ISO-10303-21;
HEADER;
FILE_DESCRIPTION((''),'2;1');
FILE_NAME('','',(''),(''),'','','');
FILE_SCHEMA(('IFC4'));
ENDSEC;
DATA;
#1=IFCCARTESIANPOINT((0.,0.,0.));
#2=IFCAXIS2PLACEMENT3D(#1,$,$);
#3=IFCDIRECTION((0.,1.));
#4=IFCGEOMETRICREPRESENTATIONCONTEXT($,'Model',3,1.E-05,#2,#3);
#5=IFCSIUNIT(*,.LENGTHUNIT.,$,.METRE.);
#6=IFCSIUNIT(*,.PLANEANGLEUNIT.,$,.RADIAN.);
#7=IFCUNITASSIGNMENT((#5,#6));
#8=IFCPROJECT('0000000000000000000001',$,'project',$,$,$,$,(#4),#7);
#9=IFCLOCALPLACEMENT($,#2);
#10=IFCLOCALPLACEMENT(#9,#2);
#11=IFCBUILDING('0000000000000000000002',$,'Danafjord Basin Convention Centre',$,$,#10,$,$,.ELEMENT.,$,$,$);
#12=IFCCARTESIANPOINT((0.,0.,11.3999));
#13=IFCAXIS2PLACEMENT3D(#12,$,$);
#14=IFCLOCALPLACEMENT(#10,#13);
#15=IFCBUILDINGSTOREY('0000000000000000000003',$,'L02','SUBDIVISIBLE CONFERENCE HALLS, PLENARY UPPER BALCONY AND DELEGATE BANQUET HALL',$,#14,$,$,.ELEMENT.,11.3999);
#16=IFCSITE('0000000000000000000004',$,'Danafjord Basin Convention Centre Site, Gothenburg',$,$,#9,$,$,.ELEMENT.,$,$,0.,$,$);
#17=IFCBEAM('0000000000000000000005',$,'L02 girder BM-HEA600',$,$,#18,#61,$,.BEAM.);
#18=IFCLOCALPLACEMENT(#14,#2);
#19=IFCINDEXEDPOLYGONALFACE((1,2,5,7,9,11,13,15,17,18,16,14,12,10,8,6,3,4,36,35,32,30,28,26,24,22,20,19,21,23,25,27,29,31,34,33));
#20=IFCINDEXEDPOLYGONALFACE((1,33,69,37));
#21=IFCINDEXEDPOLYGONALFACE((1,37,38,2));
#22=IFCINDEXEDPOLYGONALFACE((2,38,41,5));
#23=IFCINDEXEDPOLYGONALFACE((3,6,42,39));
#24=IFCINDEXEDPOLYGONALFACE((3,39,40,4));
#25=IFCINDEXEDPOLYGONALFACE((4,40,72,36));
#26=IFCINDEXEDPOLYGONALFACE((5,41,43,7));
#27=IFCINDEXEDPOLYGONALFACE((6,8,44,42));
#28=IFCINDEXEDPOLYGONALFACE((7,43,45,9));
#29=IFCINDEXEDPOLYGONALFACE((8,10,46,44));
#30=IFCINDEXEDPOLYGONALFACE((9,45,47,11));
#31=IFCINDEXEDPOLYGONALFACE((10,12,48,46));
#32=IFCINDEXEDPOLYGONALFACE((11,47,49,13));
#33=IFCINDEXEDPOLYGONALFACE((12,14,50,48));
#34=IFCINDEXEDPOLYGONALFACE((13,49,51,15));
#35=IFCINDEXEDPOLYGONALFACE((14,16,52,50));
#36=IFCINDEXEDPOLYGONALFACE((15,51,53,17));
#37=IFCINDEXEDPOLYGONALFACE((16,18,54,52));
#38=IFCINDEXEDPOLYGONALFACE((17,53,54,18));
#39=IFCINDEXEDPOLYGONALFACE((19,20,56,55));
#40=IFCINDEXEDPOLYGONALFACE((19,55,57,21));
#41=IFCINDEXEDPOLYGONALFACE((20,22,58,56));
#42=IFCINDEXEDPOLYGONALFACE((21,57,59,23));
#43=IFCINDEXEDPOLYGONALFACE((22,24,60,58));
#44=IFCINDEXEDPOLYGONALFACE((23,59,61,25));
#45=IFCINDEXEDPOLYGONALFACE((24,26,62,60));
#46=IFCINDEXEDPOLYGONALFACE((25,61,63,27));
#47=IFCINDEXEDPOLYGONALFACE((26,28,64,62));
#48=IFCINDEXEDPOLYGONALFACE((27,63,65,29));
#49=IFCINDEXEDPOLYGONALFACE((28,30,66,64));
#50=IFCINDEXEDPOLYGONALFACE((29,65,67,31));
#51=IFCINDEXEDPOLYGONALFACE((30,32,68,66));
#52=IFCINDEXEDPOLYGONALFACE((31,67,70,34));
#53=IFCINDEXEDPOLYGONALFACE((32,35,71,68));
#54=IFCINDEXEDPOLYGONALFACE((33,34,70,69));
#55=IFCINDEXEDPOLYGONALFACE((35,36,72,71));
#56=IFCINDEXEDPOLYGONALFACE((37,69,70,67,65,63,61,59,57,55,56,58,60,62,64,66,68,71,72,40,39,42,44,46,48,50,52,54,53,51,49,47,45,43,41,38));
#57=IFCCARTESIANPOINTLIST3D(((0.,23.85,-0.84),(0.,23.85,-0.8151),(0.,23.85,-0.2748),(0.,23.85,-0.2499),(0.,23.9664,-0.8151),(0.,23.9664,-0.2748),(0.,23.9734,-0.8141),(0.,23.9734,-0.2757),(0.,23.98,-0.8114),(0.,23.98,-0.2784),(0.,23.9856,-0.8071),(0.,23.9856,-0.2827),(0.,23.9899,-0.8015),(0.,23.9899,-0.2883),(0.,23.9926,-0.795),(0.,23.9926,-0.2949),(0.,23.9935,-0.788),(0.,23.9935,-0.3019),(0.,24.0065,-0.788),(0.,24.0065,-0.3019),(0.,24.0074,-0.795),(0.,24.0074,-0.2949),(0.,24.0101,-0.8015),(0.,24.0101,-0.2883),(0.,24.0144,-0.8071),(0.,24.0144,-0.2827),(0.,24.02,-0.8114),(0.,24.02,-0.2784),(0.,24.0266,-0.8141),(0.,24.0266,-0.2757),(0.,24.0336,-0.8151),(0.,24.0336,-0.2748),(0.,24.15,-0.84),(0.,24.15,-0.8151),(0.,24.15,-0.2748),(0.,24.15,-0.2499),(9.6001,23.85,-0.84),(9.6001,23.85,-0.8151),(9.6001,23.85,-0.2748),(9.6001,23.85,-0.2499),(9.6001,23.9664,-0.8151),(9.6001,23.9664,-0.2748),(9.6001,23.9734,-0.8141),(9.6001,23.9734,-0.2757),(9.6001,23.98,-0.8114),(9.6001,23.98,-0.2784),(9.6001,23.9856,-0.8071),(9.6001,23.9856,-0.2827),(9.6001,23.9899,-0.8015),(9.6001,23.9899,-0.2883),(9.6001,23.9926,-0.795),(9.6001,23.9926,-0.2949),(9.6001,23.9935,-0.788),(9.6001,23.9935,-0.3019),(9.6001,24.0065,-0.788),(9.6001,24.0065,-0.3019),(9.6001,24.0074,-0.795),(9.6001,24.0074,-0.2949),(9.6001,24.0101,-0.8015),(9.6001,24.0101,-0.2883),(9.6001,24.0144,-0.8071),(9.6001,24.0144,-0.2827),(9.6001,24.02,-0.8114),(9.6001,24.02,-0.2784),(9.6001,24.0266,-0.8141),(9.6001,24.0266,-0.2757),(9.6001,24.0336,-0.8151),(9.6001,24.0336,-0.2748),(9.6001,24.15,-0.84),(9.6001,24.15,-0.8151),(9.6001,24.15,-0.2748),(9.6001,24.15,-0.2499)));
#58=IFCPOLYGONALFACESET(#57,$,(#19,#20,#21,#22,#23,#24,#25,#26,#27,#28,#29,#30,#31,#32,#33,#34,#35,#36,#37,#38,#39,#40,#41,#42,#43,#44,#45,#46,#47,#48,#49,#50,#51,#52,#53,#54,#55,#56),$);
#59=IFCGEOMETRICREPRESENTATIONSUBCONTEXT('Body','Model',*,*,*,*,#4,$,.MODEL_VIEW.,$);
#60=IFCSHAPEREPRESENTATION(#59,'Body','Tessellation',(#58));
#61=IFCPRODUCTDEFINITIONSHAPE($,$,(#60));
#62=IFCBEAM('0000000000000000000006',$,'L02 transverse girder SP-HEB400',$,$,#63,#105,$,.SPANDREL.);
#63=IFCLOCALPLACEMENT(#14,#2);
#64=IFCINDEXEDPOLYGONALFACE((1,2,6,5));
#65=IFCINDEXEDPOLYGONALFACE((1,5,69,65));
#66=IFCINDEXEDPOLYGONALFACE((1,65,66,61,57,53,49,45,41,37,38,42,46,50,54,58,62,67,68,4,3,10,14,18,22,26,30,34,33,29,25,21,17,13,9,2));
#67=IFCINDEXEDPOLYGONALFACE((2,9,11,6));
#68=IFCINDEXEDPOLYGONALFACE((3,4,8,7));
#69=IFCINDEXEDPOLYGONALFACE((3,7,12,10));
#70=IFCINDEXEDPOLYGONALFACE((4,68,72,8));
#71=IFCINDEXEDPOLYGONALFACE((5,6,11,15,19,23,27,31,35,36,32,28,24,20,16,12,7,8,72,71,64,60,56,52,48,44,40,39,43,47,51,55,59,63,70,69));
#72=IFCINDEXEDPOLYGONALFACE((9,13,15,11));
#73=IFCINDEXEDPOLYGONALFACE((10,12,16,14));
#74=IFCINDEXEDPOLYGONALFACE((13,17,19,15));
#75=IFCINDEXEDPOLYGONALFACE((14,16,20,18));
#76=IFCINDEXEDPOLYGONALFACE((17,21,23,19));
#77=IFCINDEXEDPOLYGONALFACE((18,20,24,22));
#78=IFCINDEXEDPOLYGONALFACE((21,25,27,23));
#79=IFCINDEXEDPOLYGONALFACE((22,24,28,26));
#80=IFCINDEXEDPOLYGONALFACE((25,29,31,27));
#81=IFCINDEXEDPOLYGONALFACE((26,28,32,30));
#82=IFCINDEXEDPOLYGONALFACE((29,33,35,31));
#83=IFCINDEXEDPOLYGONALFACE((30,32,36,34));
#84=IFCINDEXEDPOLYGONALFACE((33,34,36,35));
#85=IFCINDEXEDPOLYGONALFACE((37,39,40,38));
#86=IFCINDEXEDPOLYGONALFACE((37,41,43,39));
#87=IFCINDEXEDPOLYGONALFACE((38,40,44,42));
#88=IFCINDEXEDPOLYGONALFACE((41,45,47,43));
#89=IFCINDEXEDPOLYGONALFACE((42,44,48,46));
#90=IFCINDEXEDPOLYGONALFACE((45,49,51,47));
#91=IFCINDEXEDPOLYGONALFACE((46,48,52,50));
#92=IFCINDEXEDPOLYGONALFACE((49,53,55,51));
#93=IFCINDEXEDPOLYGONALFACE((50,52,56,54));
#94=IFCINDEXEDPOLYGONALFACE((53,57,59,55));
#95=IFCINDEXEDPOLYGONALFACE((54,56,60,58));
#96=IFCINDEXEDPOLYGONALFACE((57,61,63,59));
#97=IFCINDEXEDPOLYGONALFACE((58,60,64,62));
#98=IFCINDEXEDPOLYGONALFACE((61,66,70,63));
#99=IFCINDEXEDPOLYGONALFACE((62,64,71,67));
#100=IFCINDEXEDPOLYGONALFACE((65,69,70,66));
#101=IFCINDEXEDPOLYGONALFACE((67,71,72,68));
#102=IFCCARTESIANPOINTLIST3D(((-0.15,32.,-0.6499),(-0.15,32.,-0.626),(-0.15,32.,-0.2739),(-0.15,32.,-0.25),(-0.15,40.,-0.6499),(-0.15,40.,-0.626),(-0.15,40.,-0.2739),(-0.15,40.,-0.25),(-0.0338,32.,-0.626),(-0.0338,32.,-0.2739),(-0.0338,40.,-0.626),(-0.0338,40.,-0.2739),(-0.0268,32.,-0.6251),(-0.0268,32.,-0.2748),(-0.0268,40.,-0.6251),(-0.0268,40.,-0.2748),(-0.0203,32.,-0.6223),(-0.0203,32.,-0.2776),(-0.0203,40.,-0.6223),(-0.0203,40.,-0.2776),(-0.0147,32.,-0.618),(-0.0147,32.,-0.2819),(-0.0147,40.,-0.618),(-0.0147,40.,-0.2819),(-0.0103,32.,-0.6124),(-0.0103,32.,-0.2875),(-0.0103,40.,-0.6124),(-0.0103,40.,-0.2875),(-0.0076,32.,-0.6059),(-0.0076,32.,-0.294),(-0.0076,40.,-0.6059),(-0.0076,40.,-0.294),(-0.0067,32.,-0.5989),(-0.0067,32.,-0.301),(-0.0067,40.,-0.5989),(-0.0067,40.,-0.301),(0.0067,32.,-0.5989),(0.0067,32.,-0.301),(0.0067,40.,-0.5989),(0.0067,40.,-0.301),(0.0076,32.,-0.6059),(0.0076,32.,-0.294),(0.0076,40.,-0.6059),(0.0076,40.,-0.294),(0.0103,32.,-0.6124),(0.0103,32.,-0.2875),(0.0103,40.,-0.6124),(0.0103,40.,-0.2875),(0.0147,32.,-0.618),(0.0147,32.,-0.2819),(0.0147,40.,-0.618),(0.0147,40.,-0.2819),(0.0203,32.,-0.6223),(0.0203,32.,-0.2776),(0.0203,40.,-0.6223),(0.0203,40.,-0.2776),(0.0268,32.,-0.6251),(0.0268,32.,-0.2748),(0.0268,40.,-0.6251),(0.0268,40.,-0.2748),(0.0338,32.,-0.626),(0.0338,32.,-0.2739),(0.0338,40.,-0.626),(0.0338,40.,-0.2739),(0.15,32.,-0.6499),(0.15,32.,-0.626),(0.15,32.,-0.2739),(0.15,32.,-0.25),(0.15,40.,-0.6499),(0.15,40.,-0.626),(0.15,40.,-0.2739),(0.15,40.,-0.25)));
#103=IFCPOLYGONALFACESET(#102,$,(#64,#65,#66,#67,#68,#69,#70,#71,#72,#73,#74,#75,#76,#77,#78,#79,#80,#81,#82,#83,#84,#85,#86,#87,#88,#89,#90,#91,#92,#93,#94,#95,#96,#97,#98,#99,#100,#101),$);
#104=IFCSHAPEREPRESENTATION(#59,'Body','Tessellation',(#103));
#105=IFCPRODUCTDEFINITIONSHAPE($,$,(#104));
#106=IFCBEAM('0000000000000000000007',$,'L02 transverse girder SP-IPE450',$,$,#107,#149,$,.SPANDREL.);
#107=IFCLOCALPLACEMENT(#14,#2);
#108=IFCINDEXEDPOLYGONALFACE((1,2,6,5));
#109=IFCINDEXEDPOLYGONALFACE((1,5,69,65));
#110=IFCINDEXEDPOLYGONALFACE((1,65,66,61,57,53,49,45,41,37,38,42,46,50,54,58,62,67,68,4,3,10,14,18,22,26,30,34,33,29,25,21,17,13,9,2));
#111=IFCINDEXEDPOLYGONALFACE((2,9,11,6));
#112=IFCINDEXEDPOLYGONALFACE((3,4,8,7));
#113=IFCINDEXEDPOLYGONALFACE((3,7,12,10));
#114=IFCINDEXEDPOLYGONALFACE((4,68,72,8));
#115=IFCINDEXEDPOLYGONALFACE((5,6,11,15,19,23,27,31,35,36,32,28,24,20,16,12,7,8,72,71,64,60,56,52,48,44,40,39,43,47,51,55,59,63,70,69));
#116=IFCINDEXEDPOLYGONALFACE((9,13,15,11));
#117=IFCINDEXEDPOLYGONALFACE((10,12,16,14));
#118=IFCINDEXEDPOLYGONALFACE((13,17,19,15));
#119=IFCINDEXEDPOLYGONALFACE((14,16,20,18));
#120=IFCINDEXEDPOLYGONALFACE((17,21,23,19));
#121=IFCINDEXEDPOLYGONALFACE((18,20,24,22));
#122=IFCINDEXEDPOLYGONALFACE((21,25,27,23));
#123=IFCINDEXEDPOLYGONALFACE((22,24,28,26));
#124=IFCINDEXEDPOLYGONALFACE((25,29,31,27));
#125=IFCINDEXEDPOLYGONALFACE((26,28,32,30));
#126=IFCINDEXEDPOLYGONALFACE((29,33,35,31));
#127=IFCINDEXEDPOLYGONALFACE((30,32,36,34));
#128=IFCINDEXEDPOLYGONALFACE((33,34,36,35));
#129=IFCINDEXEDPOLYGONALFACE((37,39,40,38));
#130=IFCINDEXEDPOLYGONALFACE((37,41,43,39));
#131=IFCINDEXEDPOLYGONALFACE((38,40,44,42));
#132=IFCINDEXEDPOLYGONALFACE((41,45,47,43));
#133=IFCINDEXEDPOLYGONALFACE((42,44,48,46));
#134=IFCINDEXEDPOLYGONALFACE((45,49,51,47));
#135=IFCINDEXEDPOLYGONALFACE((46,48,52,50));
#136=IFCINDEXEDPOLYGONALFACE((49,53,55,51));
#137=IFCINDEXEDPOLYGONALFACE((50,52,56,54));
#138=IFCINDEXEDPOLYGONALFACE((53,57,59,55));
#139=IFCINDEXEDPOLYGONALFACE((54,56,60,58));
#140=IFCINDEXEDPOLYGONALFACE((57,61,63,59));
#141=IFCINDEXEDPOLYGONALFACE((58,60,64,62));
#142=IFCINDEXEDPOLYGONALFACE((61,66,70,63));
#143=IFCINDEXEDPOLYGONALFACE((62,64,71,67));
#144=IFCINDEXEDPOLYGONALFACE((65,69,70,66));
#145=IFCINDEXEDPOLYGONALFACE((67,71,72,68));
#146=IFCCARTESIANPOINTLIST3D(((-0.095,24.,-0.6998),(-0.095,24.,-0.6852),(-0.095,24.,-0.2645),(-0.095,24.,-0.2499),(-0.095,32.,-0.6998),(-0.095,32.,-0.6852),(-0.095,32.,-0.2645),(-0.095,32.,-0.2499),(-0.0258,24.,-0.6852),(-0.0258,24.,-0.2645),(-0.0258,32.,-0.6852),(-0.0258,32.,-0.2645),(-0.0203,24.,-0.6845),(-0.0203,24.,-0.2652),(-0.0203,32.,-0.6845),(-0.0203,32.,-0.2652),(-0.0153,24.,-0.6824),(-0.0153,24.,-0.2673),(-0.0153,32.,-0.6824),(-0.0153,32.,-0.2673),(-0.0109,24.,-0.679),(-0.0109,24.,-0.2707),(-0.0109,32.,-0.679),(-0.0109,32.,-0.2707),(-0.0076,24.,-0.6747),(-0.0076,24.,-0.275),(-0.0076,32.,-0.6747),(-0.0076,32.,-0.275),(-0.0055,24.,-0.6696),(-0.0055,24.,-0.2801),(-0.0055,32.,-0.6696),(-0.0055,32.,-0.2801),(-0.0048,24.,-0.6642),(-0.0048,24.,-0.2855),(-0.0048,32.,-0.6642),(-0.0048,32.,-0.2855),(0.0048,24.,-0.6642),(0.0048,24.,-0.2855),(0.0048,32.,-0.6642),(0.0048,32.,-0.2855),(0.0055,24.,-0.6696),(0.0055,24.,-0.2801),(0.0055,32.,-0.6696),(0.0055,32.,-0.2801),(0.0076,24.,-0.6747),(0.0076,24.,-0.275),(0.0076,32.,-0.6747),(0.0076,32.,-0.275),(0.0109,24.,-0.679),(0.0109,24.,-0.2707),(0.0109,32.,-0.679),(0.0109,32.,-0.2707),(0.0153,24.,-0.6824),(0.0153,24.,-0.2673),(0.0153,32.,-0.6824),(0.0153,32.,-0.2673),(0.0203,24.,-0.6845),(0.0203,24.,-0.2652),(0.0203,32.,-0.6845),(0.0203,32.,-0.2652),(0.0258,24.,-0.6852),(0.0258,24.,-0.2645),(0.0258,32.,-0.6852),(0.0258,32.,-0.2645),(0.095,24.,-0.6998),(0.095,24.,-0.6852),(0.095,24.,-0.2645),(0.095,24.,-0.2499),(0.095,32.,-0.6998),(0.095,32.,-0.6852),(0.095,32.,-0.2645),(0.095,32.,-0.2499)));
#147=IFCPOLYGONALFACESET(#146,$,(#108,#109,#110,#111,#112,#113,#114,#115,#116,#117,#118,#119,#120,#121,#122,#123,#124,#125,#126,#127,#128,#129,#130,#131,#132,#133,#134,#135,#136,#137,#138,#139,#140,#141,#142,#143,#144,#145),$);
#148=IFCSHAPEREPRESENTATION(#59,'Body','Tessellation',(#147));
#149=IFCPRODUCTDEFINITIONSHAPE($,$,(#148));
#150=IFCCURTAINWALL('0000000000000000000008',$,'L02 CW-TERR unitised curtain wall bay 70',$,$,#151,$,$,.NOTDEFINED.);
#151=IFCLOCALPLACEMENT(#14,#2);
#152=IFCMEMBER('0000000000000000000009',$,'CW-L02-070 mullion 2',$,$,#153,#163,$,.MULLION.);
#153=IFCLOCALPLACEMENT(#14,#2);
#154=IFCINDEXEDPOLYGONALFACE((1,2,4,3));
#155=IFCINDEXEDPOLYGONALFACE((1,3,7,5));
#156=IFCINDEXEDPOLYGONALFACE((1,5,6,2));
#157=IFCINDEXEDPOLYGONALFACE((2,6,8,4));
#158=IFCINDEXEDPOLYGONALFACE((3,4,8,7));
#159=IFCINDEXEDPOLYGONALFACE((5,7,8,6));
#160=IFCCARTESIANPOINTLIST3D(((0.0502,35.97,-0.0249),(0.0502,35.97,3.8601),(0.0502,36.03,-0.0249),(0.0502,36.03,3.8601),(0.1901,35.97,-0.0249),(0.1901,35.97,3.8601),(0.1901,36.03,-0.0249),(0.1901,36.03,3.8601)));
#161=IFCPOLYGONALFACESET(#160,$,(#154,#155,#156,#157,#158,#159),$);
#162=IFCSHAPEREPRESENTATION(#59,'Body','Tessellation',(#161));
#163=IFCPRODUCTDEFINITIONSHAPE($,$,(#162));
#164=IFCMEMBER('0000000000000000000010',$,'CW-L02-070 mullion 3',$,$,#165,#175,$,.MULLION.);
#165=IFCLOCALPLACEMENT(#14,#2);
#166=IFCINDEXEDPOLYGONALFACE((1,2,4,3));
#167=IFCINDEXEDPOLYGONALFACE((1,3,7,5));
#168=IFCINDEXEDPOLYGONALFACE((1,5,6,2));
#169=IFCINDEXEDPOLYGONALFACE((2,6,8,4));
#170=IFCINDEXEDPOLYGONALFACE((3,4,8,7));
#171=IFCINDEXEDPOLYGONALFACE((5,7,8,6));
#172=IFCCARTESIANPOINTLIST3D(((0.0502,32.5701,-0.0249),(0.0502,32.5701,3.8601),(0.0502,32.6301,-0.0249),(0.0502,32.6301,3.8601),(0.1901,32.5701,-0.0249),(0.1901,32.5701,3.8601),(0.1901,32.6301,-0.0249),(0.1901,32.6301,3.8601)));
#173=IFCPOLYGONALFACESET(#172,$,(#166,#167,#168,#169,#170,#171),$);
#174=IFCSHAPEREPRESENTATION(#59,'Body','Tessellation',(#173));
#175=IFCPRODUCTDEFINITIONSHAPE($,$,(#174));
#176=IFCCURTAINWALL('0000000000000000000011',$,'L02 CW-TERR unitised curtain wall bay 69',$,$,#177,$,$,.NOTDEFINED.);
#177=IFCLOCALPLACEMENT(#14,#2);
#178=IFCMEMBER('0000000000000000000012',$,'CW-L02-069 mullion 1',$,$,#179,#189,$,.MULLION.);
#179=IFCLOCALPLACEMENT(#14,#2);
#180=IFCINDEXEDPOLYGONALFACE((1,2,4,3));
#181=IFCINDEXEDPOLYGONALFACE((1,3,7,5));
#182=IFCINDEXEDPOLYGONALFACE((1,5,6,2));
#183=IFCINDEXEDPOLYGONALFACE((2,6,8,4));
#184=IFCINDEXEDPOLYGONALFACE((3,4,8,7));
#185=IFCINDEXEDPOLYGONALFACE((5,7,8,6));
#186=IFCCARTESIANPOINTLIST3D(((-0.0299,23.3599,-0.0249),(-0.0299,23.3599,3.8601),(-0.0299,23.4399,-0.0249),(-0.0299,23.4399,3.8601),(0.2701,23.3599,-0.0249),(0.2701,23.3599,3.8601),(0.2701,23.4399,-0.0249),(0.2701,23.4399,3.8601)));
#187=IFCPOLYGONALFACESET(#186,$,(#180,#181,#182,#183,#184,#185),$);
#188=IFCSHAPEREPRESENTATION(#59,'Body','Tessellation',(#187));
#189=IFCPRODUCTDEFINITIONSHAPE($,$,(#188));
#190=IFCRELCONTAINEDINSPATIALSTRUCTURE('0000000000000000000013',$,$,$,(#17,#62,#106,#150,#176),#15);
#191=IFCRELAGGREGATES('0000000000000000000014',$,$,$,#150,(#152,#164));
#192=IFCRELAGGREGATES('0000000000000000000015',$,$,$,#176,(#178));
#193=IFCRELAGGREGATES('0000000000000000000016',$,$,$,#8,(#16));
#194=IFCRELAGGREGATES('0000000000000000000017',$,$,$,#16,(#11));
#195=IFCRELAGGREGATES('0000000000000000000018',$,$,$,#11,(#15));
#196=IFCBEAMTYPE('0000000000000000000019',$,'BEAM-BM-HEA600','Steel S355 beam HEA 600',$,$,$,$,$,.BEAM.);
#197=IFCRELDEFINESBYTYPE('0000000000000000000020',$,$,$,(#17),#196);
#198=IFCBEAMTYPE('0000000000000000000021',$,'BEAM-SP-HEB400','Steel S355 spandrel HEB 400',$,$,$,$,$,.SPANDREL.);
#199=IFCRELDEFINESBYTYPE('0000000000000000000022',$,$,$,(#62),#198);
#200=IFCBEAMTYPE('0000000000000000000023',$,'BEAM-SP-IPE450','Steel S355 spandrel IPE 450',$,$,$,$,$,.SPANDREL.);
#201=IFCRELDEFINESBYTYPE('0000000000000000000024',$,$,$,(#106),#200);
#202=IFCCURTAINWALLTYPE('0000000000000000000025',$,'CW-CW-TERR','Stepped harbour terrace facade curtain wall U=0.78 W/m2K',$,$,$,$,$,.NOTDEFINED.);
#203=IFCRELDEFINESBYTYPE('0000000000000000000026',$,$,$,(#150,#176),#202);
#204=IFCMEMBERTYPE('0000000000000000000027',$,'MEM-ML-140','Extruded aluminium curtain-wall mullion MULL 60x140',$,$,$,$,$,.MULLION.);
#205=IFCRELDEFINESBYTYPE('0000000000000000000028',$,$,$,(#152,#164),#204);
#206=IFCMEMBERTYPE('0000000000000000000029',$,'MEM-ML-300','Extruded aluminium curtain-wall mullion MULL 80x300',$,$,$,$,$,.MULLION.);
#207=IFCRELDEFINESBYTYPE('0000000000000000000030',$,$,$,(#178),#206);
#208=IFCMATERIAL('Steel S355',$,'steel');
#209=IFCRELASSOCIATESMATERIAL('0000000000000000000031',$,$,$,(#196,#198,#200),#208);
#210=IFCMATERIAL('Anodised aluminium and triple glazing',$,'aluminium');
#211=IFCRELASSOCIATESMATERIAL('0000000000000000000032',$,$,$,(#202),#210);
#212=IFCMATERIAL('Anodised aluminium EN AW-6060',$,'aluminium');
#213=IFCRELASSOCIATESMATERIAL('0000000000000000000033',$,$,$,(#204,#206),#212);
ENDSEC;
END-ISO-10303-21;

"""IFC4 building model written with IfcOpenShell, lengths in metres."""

from ifc_helpers import new_model, si_unit, direction, frame, origin, origin_2d, place, context, subcontext, project, spatial, rectangle, i_section, extrude, material, material_profile, profile_set, type_object, element, aggregate, save


model = new_model("IFC4")

# Units and contexts
model_context = context("Model", 3, precision=1e-05, world=origin(), true_north=direction((0.0, 1.0)))
body_context = subcontext(model_context, "Body", "Model", "MODEL_VIEW")
ifc_project = project(units=[si_unit("LENGTHUNIT", "METRE"), si_unit("PLANEANGLEUNIT", "RADIAN")], contexts=[model_context])

# Site, building, storey
site_placement = place(None, origin())
site = spatial("IfcSite", under=ifc_project, at=site_placement, Name="Danafjord Basin Convention Centre Site, Gothenburg", CompositionType="ELEMENT", RefElevation=0.0)
building_placement = place(site_placement, origin())
building = spatial("IfcBuilding", under=site, at=building_placement, Name="Danafjord Basin Convention Centre", CompositionType="ELEMENT")
storey_placement = place(building_placement, frame((0.0, 0.0, 11.3999)))
storey = spatial("IfcBuildingStorey", under=building, at=storey_placement, Name="L02", Description="SUBDIVISIBLE CONFERENCE HALLS, PLENARY UPPER BALCONY AND DELEGATE BANQUET HALL", CompositionType="ELEMENT", Elevation=11.3999)

# Shared definitions
ifc_material_1 = material(Name="Steel S355", Category="steel")

# Beams
ifc_material_profile_1 = material_profile(ifc_material_1, i_section(OverallWidth=0.3, OverallDepth=0.5901, WebThickness=0.0129, FlangeThickness=0.0249, FilletRadius=0.0271, at=origin_2d()), Name="HEA 600")
ifc_profile_set_1 = profile_set([ifc_material_profile_1], Name="Steel S355")
beam_type_1 = type_object("IfcBeamType", Name="BEAM-BM-HEA600", Description="Steel S355 beam HEA 600", PredefinedType="BEAM", material=ifc_profile_set_1)
beam_1_placement = place(storey_placement, frame((0.0, 24.0, -0.5449), z_axis=(1.0, 0.0, 0.0), x_axis=(0.0, 1.0, 0.0)))
element("IfcBeam", 1, at=beam_1_placement, inside=storey, type_object=beam_type_1, Name="L02 girder BM-HEA600", PredefinedType="BEAM", context=body_context, shape_type="SweptSolid", body=[
    extrude(i_section(OverallWidth=0.3, OverallDepth=0.5901, WebThickness=0.0129, FlangeThickness=0.0249, FilletRadius=0.0271, at=origin_2d()), origin(), (0.0, 0.0, 1.0), 9.6001),
])
ifc_material_profile_2 = material_profile(ifc_material_1, i_section(OverallWidth=0.3, OverallDepth=0.3999, WebThickness=0.0134, FlangeThickness=0.0239, FilletRadius=0.0271, at=origin_2d()), Name="HEB 400")
ifc_profile_set_2 = profile_set([ifc_material_profile_2], Name="Steel S355")
beam_type_2 = type_object("IfcBeamType", Name="BEAM-SP-HEB400", Description="Steel S355 spandrel HEB 400", PredefinedType="SPANDREL", material=ifc_profile_set_2)
beam_2_placement = place(storey_placement, frame((0.0, 32.0, -0.45), z_axis=(0.0, 1.0, 0.0), x_axis=(-1.0, 0.0, 0.0)))
element("IfcBeam", 2, at=beam_2_placement, inside=storey, type_object=beam_type_2, Name="L02 transverse girder SP-HEB400", PredefinedType="SPANDREL", context=body_context, shape_type="SweptSolid", body=[
    extrude(i_section(OverallWidth=0.3, OverallDepth=0.3999, WebThickness=0.0134, FlangeThickness=0.0239, FilletRadius=0.0271, at=origin_2d()), origin(), (0.0, 0.0, 1.0), 8.0),
])
ifc_material_profile_3 = material_profile(ifc_material_1, i_section(OverallWidth=0.1899, OverallDepth=0.45, WebThickness=0.0095, FlangeThickness=0.0146, FilletRadius=0.021, at=origin_2d()), Name="IPE 450")
ifc_profile_set_3 = profile_set([ifc_material_profile_3], Name="Steel S355")
beam_type_3 = type_object("IfcBeamType", Name="BEAM-SP-IPE450", Description="Steel S355 spandrel IPE 450", PredefinedType="SPANDREL", material=ifc_profile_set_3)
beam_3_placement = place(storey_placement, frame((0.0, 24.0, -0.4749), z_axis=(0.0, 1.0, 0.0), x_axis=(-1.0, 0.0, 0.0)))
element("IfcBeam", 3, at=beam_3_placement, inside=storey, type_object=beam_type_3, Name="L02 transverse girder SP-IPE450", PredefinedType="SPANDREL", context=body_context, shape_type="SweptSolid", body=[
    extrude(i_section(OverallWidth=0.1899, OverallDepth=0.45, WebThickness=0.0095, FlangeThickness=0.0146, FilletRadius=0.021, at=origin_2d()), origin(), (0.0, 0.0, 1.0), 8.0),
])

# Curtain walls, members
ifc_material_2 = material(Name="Anodised aluminium and triple glazing", Category="aluminium")
curtain_wall_type = type_object("IfcCurtainWallType", Name="CW-CW-TERR", Description="Stepped harbour terrace facade curtain wall U=0.78 W/m2K", PredefinedType="NOTDEFINED", material=ifc_material_2)
curtain_wall_1_placement = place(storey_placement, origin())
curtain_wall_1 = element("IfcCurtainWall", 4, at=curtain_wall_1_placement, inside=storey, type_object=curtain_wall_type, Name="L02 CW-TERR unitised curtain wall bay 70", PredefinedType="NOTDEFINED")
ifc_material_3 = material(Name="Anodised aluminium EN AW-6060", Category="aluminium")
ifc_material_profile_4 = material_profile(ifc_material_3, rectangle(XDim=0.0601, YDim=0.1399, at=origin_2d()), Name="MULL 60x140")
ifc_profile_set_4 = profile_set([ifc_material_profile_4], Name="Anodised aluminium EN AW-6060")
member_type_1 = type_object("IfcMemberType", Name="MEM-ML-140", Description="Extruded aluminium curtain-wall mullion MULL 60x140", PredefinedType="MULLION", material=ifc_profile_set_4)
member_1_placement = place(storey_placement, frame((0.1201, 36.0, -0.0249), z_axis=(0.0, 0.0, 1.0), x_axis=(0.0, -1.0, 0.0)))
member_1 = element("IfcMember", 5, at=member_1_placement, type_object=member_type_1, Name="CW-L02-070 mullion 2", PredefinedType="MULLION", context=body_context, shape_type="SweptSolid", body=[
    extrude(rectangle(XDim=0.0601, YDim=0.1399, at=origin_2d()), origin(), (0.0, 0.0, 1.0), 3.885),
])
member_2_placement = place(storey_placement, frame((0.1201, 32.6001, -0.0249), z_axis=(0.0, 0.0, 1.0), x_axis=(0.0, -1.0, 0.0)))
member_2 = element("IfcMember", 6, at=member_2_placement, type_object=member_type_1, Name="CW-L02-070 mullion 3", PredefinedType="MULLION", context=body_context, shape_type="SweptSolid", body=[
    extrude(rectangle(XDim=0.0601, YDim=0.1399, at=origin_2d()), origin(), (0.0, 0.0, 1.0), 3.885),
])
curtain_wall_2_placement = place(storey_placement, origin())
curtain_wall_2 = element("IfcCurtainWall", 7, at=curtain_wall_2_placement, inside=storey, type_object=curtain_wall_type, Name="L02 CW-TERR unitised curtain wall bay 69", PredefinedType="NOTDEFINED")
ifc_material_profile_5 = material_profile(ifc_material_3, rectangle(XDim=0.0801, YDim=0.3, at=origin_2d()), Name="MULL 80x300")
ifc_profile_set_5 = profile_set([ifc_material_profile_5], Name="Anodised aluminium EN AW-6060")
member_type_2 = type_object("IfcMemberType", Name="MEM-ML-300", Description="Extruded aluminium curtain-wall mullion MULL 80x300", PredefinedType="MULLION", material=ifc_profile_set_5)
member_3_placement = place(storey_placement, frame((0.1201, 23.3999, -0.0249), z_axis=(0.0, 0.0, 1.0), x_axis=(0.0, -1.0, 0.0)))
member_3 = element("IfcMember", 8, at=member_3_placement, type_object=member_type_2, Name="CW-L02-069 mullion 1", PredefinedType="MULLION", context=body_context, shape_type="SweptSolid", body=[
    extrude(rectangle(XDim=0.0801, YDim=0.3, at=origin_2d()), origin(), (0.0, 0.0, 1.0), 3.885),
])

aggregate(curtain_wall_1, [member_1, member_2])
aggregate(curtain_wall_2, [member_3])

save(model, "model.ifc")
